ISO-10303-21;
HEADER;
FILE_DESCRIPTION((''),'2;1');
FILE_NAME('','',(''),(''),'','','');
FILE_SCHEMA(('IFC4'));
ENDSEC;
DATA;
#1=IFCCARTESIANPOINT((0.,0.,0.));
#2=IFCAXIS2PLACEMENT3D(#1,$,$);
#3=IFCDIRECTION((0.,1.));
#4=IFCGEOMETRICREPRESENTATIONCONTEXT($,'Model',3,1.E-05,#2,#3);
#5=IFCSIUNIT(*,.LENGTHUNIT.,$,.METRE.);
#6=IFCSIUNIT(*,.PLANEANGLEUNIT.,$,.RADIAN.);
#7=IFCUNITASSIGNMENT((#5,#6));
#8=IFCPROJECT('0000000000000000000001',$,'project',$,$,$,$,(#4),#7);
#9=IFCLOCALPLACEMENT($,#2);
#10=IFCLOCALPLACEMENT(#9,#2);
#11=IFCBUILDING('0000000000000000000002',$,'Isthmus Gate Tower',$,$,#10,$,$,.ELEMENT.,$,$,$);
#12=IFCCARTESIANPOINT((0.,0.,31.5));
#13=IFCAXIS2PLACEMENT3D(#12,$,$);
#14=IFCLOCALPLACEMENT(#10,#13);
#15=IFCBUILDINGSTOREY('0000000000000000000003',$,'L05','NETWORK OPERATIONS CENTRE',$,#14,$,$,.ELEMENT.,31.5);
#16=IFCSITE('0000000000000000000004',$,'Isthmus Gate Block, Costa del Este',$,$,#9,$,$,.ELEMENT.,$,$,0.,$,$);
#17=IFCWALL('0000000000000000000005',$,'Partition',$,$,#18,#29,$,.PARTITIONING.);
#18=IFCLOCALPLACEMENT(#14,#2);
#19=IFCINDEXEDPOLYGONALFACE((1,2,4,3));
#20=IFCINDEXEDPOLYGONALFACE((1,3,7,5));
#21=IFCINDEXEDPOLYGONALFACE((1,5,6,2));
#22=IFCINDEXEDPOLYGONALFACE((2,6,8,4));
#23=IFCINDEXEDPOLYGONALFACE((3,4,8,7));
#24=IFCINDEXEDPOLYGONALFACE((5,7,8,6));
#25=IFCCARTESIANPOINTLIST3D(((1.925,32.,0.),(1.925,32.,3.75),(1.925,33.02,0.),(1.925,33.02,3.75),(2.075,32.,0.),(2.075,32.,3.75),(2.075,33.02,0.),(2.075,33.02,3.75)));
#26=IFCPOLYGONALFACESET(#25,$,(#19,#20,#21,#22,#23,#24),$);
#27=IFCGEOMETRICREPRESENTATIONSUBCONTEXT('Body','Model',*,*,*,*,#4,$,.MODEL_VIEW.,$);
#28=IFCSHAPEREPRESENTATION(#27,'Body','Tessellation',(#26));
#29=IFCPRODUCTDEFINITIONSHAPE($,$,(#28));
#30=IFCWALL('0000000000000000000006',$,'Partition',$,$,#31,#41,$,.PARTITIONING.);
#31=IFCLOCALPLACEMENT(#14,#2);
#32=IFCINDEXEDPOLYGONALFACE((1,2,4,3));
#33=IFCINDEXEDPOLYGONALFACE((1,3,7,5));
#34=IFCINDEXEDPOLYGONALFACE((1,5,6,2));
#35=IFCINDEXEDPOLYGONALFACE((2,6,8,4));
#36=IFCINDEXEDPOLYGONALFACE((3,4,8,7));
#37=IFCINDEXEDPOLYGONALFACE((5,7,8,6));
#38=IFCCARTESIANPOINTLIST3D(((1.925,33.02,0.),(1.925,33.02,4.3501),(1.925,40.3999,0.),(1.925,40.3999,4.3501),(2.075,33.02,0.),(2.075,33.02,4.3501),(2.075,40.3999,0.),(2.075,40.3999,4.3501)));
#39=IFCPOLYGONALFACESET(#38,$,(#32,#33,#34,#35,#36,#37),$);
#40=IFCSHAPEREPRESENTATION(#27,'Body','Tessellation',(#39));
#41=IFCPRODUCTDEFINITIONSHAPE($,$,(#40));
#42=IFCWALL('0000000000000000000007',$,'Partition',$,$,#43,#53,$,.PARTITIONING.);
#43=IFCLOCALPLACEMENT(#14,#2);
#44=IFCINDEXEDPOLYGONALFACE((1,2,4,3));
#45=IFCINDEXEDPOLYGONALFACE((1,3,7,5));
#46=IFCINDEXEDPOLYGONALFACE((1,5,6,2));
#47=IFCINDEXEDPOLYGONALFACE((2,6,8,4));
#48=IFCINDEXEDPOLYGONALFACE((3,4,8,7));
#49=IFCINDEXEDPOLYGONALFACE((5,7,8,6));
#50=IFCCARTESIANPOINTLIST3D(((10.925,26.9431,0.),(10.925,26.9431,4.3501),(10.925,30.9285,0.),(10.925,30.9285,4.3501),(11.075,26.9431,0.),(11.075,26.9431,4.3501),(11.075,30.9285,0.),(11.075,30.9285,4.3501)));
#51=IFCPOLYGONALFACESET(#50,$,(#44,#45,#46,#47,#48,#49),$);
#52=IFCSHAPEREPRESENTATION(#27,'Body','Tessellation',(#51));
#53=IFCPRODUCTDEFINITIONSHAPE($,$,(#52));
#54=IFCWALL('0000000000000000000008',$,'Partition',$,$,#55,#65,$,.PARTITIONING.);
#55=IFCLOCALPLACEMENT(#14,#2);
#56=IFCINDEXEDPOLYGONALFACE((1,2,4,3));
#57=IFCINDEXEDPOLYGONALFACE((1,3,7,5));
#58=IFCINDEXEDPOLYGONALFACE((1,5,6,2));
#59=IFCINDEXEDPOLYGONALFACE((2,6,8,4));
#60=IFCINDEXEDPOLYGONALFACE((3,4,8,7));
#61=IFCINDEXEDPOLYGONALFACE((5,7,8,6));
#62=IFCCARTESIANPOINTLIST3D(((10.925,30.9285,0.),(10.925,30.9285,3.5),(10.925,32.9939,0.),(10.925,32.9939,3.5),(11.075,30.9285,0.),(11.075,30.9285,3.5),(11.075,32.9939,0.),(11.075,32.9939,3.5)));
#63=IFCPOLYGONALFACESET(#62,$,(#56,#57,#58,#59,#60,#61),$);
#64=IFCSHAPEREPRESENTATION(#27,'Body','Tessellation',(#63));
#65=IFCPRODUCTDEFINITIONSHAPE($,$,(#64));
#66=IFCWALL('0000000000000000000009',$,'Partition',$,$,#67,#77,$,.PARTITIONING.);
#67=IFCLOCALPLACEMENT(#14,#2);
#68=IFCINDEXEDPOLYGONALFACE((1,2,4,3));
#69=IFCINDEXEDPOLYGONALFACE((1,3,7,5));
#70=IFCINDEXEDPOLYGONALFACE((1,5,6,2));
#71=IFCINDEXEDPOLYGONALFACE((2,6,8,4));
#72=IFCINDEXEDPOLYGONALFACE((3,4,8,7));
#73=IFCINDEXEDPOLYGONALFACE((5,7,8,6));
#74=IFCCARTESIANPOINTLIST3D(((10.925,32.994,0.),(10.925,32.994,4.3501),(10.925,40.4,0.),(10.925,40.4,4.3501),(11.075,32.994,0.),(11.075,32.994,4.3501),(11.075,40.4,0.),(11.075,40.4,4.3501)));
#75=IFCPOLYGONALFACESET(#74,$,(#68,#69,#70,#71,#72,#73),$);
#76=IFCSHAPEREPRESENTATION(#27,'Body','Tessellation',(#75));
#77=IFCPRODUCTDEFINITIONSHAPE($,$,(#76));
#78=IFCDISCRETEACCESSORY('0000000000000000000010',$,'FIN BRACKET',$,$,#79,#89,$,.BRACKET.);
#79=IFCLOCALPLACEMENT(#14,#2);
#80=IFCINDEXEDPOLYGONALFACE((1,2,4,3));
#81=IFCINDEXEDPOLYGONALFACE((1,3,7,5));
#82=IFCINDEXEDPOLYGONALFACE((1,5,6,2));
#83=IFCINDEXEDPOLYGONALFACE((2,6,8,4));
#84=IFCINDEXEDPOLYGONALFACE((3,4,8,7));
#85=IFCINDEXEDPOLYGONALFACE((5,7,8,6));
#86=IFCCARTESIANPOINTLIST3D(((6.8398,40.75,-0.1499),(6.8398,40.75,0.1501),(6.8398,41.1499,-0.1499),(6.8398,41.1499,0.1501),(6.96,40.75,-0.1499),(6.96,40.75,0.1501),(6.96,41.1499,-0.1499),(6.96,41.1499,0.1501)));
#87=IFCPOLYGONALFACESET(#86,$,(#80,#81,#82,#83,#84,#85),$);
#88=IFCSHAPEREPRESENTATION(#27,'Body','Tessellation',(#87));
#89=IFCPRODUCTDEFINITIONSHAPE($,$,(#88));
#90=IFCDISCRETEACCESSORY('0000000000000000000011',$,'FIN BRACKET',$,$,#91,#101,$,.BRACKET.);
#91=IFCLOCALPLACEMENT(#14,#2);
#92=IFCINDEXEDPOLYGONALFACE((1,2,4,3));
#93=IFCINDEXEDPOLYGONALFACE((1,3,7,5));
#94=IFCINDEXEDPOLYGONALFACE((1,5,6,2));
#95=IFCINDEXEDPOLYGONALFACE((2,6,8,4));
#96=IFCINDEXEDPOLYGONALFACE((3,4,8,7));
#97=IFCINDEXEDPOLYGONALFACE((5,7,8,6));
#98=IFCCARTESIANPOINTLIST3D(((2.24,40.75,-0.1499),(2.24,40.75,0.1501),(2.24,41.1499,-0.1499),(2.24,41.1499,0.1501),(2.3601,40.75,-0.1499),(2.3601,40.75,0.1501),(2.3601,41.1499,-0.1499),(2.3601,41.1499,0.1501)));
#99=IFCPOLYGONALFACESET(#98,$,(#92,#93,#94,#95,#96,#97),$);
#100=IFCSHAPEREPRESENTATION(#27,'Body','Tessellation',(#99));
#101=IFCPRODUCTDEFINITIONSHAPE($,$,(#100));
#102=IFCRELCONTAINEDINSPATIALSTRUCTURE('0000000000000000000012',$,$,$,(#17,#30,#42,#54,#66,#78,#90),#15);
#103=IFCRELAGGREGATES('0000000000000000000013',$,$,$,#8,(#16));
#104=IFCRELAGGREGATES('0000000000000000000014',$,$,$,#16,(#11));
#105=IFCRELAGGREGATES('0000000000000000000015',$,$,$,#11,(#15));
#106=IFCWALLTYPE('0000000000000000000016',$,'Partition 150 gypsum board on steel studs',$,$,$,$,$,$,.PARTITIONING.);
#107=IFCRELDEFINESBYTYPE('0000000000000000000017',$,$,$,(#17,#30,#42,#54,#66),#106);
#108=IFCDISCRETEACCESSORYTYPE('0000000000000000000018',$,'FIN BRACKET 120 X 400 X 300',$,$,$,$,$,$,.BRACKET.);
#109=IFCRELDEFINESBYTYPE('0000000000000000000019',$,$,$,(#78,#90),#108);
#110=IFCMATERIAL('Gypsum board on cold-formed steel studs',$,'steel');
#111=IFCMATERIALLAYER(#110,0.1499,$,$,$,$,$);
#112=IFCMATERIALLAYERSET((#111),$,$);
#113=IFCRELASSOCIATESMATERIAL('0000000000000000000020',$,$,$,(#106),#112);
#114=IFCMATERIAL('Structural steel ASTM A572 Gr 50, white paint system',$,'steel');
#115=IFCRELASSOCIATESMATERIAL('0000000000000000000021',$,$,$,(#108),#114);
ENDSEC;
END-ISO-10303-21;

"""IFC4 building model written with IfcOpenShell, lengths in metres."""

from ifc_helpers import new_model, si_unit, direction, frame, frame_2d, origin, origin_2d, place, context, subcontext, project, spatial, rectangle, extrude, material, layer, layer_set, type_object, element, save


model = new_model("IFC4")

# Units and contexts
model_context = context("Model", 3, precision=1e-05, world=origin(), true_north=direction((0.0, 1.0)))
body_context = subcontext(model_context, "Body", "Model", "MODEL_VIEW")
ifc_project = project(units=[si_unit("LENGTHUNIT", "METRE"), si_unit("PLANEANGLEUNIT", "RADIAN")], contexts=[model_context])

# Site, building, storey
site_placement = place(None, origin())
site = spatial("IfcSite", under=ifc_project, at=site_placement, Name="Isthmus Gate Block, Costa del Este", CompositionType="ELEMENT", RefElevation=0.0)
building_placement = place(site_placement, origin())
building = spatial("IfcBuilding", under=site, at=building_placement, Name="Isthmus Gate Tower", CompositionType="ELEMENT")
storey_placement = place(building_placement, frame((0.0, 0.0, 31.5)))
storey = spatial("IfcBuildingStorey", under=building, at=storey_placement, Name="L05", Description="NETWORK OPERATIONS CENTRE", CompositionType="ELEMENT", Elevation=31.5)

# Walls
ifc_material_1 = material(Name="Gypsum board on cold-formed steel studs", Category="steel")
ifc_layer_1 = layer(ifc_material_1, 0.1499)
ifc_layer_set_1 = layer_set([ifc_layer_1])
wall_type_1 = type_object("IfcWallType", Name="Partition 150 gypsum board on steel studs", PredefinedType="PARTITIONING", material=ifc_layer_set_1)
wall_1_placement = place(storey_placement, frame((2.0, 32.0, 0.0), z_axis=(0.0, 0.0, 1.0), x_axis=(0.0, 1.0, 0.0)))
element("IfcWall", 1, at=wall_1_placement, inside=storey, type_object=wall_type_1, Name="Partition", PredefinedType="PARTITIONING", context=body_context, shape_type="SweptSolid", body=[
    extrude(rectangle(XDim=1.02, YDim=0.1499, at=frame_2d((0.51, 0.0))), origin(), (0.0, 0.0, 1.0), 3.75),
])
wall_2_placement = place(storey_placement, frame((2.0, 33.02, 0.0), z_axis=(0.0, 0.0, 1.0), x_axis=(0.0, 1.0, 0.0)))
element("IfcWall", 2, at=wall_2_placement, inside=storey, type_object=wall_type_1, Name="Partition", PredefinedType="PARTITIONING", context=body_context, shape_type="SweptSolid", body=[
    extrude(rectangle(XDim=7.3799, YDim=0.1499, at=frame_2d((3.6899, 0.0))), origin(), (0.0, 0.0, 1.0), 4.3501),
])
wall_3_placement = place(storey_placement, frame((11.0, 26.9431, 0.0), z_axis=(0.0, 0.0, 1.0), x_axis=(0.0, 1.0, 0.0)))
element("IfcWall", 3, at=wall_3_placement, inside=storey, type_object=wall_type_1, Name="Partition", PredefinedType="PARTITIONING", context=body_context, shape_type="SweptSolid", body=[
    extrude(rectangle(XDim=3.9854, YDim=0.1499, at=frame_2d((1.9927, 0.0))), origin(), (0.0, 0.0, 1.0), 4.3501),
])
wall_4_placement = place(storey_placement, frame((11.0, 30.9285, 0.0), z_axis=(0.0, 0.0, 1.0), x_axis=(0.0, 1.0, 0.0)))
element("IfcWall", 4, at=wall_4_placement, inside=storey, type_object=wall_type_1, Name="Partition", PredefinedType="PARTITIONING", context=body_context, shape_type="SweptSolid", body=[
    extrude(rectangle(XDim=2.0654, YDim=0.1499, at=frame_2d((1.0327, 0.0))), origin(), (0.0, 0.0, 1.0), 3.5),
])
wall_5_placement = place(storey_placement, frame((11.0, 32.9939, 0.0), z_axis=(0.0, 0.0, 1.0), x_axis=(0.0, 1.0, 0.0)))
element("IfcWall", 5, at=wall_5_placement, inside=storey, type_object=wall_type_1, Name="Partition", PredefinedType="PARTITIONING", context=body_context, shape_type="SweptSolid", body=[
    extrude(rectangle(XDim=7.406, YDim=0.1499, at=frame_2d((3.7031, 0.0))), origin(), (0.0, 0.0, 1.0), 4.3501),
])

# Discrete accessories
ifc_material_2 = material(Name="Structural steel ASTM A572 Gr 50, white paint system", Category="steel")
discrete_accessory_type = type_object("IfcDiscreteAccessoryType", Name="FIN BRACKET 120 X 400 X 300", PredefinedType="BRACKET", material=ifc_material_2)
for number, where, z_axis, x_axis, name in (
    (6, (6.8999, 40.95, -0.1499), (0.0, 0.0, 1.0), (0.0, 1.0, 0.0), "FIN BRACKET"),
    (7, (2.3, 40.95, -0.1499), (0.0, 0.0, 1.0), (0.0, 1.0, 0.0), "FIN BRACKET"),
):
    element("IfcDiscreteAccessory", number, at=place(storey_placement, frame(where, z_axis=z_axis, x_axis=x_axis)), inside=storey, type_object=discrete_accessory_type, Name=name, PredefinedType="BRACKET", context=body_context, shape_type="SweptSolid", body=[
        extrude(rectangle(XDim=0.3999, YDim=0.1201, at=origin_2d()), origin(), (0.0, 0.0, 1.0), 0.3),
    ])

save(model, "model.ifc")
